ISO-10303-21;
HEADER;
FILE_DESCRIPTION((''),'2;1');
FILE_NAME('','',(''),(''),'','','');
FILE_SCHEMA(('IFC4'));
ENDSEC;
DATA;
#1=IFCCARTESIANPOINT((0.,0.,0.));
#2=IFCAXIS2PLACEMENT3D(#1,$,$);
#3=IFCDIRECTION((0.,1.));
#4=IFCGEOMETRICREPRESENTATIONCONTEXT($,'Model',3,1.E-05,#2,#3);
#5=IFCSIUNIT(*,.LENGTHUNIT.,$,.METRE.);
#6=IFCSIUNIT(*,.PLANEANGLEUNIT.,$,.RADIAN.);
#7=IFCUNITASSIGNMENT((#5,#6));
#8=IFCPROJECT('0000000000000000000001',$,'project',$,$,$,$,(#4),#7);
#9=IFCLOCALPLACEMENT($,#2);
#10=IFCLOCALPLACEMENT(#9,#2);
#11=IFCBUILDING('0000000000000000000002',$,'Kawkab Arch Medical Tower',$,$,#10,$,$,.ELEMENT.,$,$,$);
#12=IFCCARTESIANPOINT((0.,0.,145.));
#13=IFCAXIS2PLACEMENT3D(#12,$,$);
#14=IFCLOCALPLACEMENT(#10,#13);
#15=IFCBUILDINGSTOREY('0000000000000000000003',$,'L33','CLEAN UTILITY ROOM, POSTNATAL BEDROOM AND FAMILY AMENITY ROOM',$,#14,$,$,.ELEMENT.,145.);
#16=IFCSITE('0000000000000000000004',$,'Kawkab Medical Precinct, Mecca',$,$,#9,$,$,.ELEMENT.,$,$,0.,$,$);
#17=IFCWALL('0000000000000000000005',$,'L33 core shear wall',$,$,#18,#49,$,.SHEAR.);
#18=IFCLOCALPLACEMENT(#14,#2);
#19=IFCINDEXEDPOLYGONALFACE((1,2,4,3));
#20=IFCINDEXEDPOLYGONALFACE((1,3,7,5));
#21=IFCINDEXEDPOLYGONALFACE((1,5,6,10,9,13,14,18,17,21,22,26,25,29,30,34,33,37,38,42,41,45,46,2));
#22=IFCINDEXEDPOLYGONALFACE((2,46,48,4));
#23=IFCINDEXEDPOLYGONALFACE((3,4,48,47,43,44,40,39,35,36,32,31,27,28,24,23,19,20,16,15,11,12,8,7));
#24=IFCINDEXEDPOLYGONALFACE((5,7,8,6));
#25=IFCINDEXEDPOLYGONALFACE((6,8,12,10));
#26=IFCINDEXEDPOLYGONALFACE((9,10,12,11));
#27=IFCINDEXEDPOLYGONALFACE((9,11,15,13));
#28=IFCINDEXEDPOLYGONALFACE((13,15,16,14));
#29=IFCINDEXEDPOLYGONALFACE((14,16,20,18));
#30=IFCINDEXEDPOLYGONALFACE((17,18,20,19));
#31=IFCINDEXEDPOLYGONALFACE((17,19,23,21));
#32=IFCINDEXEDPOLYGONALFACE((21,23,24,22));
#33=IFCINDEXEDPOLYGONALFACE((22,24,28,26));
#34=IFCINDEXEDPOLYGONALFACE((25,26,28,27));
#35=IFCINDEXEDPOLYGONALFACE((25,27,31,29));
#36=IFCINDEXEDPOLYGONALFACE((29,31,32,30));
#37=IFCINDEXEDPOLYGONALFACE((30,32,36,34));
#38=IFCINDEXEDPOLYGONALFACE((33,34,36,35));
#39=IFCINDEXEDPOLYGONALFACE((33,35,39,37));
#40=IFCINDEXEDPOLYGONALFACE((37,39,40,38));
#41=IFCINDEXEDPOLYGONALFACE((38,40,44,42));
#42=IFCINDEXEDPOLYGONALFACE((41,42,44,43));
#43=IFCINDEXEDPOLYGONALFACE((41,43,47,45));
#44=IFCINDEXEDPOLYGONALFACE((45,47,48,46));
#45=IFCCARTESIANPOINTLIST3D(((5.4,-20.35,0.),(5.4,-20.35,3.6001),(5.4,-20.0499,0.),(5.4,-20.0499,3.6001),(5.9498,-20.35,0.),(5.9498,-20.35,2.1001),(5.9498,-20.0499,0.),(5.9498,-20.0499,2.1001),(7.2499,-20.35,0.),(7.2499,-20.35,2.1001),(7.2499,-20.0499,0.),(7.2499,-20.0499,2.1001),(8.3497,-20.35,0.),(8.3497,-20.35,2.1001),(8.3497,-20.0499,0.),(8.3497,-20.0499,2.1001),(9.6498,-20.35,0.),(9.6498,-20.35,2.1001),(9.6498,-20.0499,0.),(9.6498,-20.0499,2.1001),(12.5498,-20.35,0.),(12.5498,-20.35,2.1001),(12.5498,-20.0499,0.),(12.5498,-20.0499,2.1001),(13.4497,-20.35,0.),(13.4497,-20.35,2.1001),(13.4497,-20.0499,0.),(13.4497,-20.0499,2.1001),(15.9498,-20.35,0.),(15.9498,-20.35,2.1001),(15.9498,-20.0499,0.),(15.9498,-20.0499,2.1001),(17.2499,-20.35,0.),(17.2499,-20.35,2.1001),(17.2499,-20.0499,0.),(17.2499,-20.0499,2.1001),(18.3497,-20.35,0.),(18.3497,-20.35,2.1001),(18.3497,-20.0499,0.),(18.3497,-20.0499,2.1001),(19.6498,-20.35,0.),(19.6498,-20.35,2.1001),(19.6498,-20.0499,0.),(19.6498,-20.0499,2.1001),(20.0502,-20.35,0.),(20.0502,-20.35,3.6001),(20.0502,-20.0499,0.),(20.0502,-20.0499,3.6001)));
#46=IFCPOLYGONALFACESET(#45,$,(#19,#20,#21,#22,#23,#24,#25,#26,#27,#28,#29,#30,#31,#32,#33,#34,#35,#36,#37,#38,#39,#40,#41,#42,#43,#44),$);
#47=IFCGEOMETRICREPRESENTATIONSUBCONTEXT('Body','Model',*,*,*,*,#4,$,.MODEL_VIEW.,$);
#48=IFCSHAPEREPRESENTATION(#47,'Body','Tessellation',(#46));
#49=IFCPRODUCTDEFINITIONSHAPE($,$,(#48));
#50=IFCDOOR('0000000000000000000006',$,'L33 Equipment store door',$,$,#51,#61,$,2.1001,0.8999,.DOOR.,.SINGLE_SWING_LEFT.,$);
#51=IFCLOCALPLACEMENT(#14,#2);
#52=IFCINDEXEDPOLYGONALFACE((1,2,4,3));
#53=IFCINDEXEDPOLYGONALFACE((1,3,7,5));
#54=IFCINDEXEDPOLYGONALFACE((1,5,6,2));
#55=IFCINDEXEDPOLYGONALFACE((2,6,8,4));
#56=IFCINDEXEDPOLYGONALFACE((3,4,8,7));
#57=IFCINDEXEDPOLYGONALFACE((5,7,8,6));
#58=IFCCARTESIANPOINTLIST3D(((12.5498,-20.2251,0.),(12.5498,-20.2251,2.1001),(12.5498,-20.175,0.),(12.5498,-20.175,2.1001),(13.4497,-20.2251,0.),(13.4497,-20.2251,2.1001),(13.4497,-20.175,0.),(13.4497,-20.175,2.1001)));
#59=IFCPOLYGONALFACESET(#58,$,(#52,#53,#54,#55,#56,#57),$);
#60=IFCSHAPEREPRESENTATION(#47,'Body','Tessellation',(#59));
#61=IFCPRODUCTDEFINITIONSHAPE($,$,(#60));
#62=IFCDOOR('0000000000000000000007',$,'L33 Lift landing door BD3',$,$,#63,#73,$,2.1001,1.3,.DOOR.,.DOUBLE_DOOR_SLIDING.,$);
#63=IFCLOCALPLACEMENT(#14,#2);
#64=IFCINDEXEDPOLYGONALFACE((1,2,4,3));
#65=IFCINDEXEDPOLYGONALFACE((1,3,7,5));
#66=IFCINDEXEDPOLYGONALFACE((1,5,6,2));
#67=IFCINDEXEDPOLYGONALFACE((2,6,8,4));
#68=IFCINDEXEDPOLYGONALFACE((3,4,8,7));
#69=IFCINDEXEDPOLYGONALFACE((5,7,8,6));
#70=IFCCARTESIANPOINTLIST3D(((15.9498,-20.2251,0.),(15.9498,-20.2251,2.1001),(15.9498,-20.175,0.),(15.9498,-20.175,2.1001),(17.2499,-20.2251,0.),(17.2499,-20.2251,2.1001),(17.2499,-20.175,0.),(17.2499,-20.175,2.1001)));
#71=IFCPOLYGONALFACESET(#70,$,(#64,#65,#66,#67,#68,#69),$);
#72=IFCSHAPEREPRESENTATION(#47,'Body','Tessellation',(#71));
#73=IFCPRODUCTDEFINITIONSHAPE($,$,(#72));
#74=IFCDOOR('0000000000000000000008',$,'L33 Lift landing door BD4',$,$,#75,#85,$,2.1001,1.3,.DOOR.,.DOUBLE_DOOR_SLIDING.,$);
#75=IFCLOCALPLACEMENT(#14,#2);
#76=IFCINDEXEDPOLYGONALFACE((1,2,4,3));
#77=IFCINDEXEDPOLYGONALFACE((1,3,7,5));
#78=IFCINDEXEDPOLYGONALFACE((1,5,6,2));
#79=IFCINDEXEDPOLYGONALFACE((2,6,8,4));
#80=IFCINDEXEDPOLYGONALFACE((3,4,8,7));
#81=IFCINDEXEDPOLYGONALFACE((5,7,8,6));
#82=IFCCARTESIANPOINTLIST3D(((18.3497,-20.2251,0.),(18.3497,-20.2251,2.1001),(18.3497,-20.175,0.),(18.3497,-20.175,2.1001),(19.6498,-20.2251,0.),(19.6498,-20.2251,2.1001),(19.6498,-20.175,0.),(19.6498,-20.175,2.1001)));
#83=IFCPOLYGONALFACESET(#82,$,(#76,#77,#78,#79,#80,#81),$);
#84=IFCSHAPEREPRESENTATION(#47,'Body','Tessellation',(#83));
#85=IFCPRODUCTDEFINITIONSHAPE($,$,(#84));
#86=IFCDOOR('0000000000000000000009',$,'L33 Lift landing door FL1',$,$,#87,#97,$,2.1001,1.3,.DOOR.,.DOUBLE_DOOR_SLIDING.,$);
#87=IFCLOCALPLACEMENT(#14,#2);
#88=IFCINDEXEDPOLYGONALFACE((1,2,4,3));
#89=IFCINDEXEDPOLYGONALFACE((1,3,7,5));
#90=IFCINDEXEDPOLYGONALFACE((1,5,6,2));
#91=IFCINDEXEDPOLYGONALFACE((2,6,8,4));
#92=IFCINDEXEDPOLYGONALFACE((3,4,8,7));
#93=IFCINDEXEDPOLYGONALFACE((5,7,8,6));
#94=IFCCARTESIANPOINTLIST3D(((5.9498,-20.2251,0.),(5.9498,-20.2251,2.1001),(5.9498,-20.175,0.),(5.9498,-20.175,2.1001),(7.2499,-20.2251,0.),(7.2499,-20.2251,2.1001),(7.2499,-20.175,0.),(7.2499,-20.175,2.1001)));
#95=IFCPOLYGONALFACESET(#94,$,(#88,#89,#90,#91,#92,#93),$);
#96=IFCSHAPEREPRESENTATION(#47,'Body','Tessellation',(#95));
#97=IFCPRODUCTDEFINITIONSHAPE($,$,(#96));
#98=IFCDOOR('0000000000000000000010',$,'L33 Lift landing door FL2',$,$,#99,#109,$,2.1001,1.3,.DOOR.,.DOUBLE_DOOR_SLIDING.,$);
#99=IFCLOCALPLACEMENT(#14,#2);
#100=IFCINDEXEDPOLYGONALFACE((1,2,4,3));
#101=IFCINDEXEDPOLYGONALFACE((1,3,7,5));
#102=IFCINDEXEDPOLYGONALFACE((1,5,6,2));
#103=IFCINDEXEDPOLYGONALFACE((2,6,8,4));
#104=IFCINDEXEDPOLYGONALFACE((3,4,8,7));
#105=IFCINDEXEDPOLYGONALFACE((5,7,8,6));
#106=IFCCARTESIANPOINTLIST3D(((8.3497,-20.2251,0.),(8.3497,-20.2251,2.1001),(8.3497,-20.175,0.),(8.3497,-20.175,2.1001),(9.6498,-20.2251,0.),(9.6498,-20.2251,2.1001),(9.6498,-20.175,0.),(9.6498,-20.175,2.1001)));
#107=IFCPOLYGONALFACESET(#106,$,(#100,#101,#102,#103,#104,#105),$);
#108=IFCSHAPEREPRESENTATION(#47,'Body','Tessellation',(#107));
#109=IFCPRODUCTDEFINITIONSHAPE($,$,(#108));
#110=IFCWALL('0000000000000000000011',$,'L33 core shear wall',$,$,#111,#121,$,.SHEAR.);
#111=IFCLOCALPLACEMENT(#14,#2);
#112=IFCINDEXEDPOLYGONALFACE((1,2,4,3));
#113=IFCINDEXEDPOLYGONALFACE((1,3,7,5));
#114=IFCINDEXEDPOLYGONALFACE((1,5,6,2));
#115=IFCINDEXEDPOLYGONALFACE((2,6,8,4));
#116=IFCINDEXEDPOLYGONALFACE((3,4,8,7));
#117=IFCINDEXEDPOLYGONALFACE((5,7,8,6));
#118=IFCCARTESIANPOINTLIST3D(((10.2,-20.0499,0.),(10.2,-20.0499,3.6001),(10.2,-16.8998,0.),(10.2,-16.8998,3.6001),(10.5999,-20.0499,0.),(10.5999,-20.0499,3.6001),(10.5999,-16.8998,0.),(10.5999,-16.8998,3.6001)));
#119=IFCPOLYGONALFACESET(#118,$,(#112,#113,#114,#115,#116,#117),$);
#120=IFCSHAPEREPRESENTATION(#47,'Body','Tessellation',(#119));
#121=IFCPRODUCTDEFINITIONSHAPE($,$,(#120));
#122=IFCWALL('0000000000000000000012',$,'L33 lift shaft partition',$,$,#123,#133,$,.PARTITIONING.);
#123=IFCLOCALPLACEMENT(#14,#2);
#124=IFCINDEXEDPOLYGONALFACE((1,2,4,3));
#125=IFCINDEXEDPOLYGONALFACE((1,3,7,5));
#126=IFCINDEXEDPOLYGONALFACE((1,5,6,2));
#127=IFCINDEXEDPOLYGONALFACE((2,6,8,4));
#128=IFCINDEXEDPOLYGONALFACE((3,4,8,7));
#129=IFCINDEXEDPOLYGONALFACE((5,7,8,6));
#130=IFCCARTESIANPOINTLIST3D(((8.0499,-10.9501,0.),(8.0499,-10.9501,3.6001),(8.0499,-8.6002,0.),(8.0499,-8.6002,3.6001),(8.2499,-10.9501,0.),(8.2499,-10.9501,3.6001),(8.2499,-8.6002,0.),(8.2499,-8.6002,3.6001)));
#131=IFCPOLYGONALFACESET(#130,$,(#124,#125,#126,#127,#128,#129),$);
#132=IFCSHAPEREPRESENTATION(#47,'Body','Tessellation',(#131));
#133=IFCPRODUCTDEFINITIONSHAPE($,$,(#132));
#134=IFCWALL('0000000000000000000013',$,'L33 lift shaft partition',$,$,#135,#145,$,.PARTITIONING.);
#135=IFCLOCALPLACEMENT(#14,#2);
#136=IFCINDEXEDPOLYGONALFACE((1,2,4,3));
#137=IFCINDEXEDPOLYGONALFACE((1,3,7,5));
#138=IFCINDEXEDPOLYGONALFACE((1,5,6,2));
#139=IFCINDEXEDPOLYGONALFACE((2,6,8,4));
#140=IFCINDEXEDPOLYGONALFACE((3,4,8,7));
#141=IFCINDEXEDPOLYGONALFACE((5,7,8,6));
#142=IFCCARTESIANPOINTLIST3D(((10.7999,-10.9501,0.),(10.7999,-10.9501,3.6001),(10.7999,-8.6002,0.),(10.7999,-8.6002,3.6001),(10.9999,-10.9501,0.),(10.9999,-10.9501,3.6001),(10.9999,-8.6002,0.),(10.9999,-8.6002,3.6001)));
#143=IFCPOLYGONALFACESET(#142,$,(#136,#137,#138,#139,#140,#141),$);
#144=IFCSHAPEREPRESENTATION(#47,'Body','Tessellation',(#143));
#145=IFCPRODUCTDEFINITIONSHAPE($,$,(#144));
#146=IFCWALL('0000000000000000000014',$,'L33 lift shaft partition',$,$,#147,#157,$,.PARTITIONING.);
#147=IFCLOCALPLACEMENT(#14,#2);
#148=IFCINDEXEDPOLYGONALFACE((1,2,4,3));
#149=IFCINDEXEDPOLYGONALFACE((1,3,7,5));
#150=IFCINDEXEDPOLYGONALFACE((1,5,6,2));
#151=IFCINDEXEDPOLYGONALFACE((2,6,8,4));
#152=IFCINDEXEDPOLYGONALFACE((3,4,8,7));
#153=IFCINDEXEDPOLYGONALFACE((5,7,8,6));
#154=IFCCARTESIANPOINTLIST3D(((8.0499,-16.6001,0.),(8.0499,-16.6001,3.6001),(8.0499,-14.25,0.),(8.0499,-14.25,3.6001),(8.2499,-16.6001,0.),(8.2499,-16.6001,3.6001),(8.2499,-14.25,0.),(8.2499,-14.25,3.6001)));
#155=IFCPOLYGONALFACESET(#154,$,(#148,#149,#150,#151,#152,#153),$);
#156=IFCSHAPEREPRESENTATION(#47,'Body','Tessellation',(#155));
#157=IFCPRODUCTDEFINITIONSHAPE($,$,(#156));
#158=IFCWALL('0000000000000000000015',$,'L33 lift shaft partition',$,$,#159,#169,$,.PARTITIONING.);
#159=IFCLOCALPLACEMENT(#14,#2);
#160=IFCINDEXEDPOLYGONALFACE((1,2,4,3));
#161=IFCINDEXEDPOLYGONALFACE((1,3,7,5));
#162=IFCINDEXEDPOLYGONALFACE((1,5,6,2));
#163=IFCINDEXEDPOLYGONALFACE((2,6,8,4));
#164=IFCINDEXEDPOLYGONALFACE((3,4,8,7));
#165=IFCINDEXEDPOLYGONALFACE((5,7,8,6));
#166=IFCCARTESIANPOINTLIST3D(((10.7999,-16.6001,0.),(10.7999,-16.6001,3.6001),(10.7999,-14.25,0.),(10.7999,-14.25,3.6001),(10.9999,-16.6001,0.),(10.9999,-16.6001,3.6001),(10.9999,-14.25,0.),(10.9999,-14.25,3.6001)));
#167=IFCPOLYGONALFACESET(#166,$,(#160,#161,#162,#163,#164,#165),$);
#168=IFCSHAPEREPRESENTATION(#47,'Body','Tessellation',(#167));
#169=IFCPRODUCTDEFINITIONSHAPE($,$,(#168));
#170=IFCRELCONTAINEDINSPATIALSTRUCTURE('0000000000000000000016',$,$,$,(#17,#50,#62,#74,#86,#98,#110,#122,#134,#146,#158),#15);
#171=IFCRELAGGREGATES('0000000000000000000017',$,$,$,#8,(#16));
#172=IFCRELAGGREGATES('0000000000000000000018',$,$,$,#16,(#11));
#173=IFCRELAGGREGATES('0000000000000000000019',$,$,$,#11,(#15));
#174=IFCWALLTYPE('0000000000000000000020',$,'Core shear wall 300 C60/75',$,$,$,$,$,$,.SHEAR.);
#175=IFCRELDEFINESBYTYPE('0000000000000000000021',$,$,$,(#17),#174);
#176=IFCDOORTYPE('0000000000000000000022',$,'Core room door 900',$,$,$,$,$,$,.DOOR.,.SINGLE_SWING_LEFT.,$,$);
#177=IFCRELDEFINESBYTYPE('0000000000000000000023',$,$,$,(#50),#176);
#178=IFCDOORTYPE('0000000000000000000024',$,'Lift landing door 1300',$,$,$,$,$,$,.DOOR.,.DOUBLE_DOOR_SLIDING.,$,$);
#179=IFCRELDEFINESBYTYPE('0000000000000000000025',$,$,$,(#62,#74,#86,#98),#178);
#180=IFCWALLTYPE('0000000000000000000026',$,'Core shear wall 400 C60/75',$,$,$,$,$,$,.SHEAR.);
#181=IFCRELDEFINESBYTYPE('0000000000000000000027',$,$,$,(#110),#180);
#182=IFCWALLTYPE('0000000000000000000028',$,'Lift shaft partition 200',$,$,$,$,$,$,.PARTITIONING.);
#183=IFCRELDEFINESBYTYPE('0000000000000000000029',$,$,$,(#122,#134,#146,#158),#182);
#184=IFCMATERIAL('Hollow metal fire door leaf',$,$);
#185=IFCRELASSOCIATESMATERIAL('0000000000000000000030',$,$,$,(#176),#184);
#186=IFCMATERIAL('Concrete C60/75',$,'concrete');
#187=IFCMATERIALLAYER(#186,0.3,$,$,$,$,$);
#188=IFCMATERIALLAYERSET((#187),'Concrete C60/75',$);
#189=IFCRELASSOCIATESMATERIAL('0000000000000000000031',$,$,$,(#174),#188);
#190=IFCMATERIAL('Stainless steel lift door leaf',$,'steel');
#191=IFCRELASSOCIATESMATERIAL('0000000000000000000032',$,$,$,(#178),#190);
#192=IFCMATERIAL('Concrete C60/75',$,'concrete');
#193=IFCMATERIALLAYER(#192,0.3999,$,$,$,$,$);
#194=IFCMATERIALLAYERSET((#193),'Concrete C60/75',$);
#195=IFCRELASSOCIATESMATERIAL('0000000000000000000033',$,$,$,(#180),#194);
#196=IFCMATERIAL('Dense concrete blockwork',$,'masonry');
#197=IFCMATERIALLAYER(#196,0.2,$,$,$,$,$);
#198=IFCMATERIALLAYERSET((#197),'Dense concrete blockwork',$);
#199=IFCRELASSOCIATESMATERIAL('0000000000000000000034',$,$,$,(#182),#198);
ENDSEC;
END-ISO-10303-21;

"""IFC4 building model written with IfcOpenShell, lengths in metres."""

from ifc_helpers import new_model, si_unit, direction, frame, frame_2d, origin, place, context, subcontext, project, spatial, rectangle, extrude, material, layer, layer_set, type_object, element, fill, save


model = new_model("IFC4")

# Units and contexts
model_context = context("Model", 3, precision=1e-05, world=origin(), true_north=direction((0.0, 1.0)))
body_context = subcontext(model_context, "Body", "Model", "MODEL_VIEW")
ifc_project = project(units=[si_unit("LENGTHUNIT", "METRE"), si_unit("PLANEANGLEUNIT", "RADIAN")], contexts=[model_context])

# Site, building, storey
site_placement = place(None, origin())
site = spatial("IfcSite", under=ifc_project, at=site_placement, Name="Kawkab Medical Precinct, Mecca", CompositionType="ELEMENT", RefElevation=0.0)
building_placement = place(site_placement, origin())
building = spatial("IfcBuilding", under=site, at=building_placement, Name="Kawkab Arch Medical Tower", CompositionType="ELEMENT")
storey_placement = place(building_placement, frame((0.0, 0.0, 145.0)))
storey = spatial("IfcBuildingStorey", under=building, at=storey_placement, Name="L33", Description="CLEAN UTILITY ROOM, POSTNATAL BEDROOM AND FAMILY AMENITY ROOM", CompositionType="ELEMENT", Elevation=145.0)

# Shared definitions
ifc_material_1 = material(Name="Hollow metal fire door leaf")
door_type_1 = type_object("IfcDoorType", Name="Core room door 900", OperationType="SINGLE_SWING_LEFT", PredefinedType="DOOR", material=ifc_material_1)

# Shared definitions
ifc_material_2 = material(Name="Concrete C60/75", Category="concrete")
ifc_layer_1 = layer(ifc_material_2, 0.3)
ifc_layer_set_1 = layer_set([ifc_layer_1], Name="Concrete C60/75")
wall_type_1 = type_object("IfcWallType", Name="Core shear wall 300 C60/75", PredefinedType="SHEAR", material=ifc_layer_set_1)

# Wall, openings, doors
wall_1_placement = place(storey_placement, frame((5.3999, -20.2, 0.0), z_axis=(0.0, 0.0, 1.0), x_axis=(1.0, 0.0, 0.0)))
wall_1 = element("IfcWall", 1, at=wall_1_placement, inside=storey, type_object=wall_type_1, Name="L33 core shear wall", PredefinedType="SHEAR", context=body_context, shape_type="SweptSolid", body=[
    extrude(rectangle(XDim=14.6501, YDim=0.3, at=frame_2d((7.3252, 0.0))), origin(), (0.0, 0.0, 1.0), 3.6001),
])
opening_1_placement = place(wall_1_placement, frame((10.55, 0.0, 0.0)))
opening_1 = element("IfcOpeningElement", 2, at=opening_1_placement, cuts=wall_1, PredefinedType="OPENING", context=body_context, shape_type="SweptSolid", body=[
    extrude(rectangle(XDim=1.3, YDim=2.1001, at=frame_2d((0.6499, 1.05))), frame((0.0, 0.1599, 0.0), z_axis=(0.0, -1.0, 0.0), x_axis=(1.0, 0.0, 0.0)), (0.0, 0.0, 1.0), 0.3201),
])
opening_2_placement = place(wall_1_placement, frame((12.95, 0.0, 0.0)))
opening_2 = element("IfcOpeningElement", 3, at=opening_2_placement, cuts=wall_1, PredefinedType="OPENING", context=body_context, shape_type="SweptSolid", body=[
    extrude(rectangle(XDim=1.3, YDim=2.1001, at=frame_2d((0.6499, 1.05))), frame((0.0, 0.1599, 0.0), z_axis=(0.0, -1.0, 0.0), x_axis=(1.0, 0.0, 0.0)), (0.0, 0.0, 1.0), 0.3201),
])
opening_3_placement = place(wall_1_placement, frame((0.55, 0.0, 0.0)))
opening_3 = element("IfcOpeningElement", 4, at=opening_3_placement, cuts=wall_1, PredefinedType="OPENING", context=body_context, shape_type="SweptSolid", body=[
    extrude(rectangle(XDim=1.3, YDim=2.1001, at=frame_2d((0.6499, 1.05))), frame((0.0, 0.1599, 0.0), z_axis=(0.0, -1.0, 0.0), x_axis=(1.0, 0.0, 0.0)), (0.0, 0.0, 1.0), 0.3201),
])
opening_4_placement = place(wall_1_placement, frame((2.95, 0.0, 0.0)))
opening_4 = element("IfcOpeningElement", 5, at=opening_4_placement, cuts=wall_1, PredefinedType="OPENING", context=body_context, shape_type="SweptSolid", body=[
    extrude(rectangle(XDim=1.3, YDim=2.1001, at=frame_2d((0.6499, 1.05))), frame((0.0, 0.1599, 0.0), z_axis=(0.0, -1.0, 0.0), x_axis=(1.0, 0.0, 0.0)), (0.0, 0.0, 1.0), 0.3201),
])
opening_5_placement = place(wall_1_placement, frame((7.1499, 0.0, 0.0)))
opening_5 = element("IfcOpeningElement", 6, at=opening_5_placement, cuts=wall_1, PredefinedType="OPENING", context=body_context, shape_type="SweptSolid", body=[
    extrude(rectangle(XDim=0.8999, YDim=2.1001, at=frame_2d((0.45, 1.05))), frame((0.0, 0.1599, 0.0), z_axis=(0.0, -1.0, 0.0), x_axis=(1.0, 0.0, 0.0)), (0.0, 0.0, 1.0), 0.3201),
])
door_1_placement = place(opening_5_placement, origin())
door_1 = element("IfcDoor", 7, at=door_1_placement, inside=storey, type_object=door_type_1, Name="L33 Equipment store door", OperationType="SINGLE_SWING_LEFT", OverallHeight=2.1001, OverallWidth=0.8999, PredefinedType="DOOR", context=body_context, shape_type="SweptSolid", body=[
    extrude(rectangle(XDim=0.8999, YDim=2.1001, at=frame_2d((0.45, 1.05))), frame((0.0, 0.0249, 0.0), z_axis=(0.0, -1.0, 0.0), x_axis=(1.0, 0.0, 0.0)), (0.0, 0.0, 1.0), 0.05),
])
fill(opening_5, door_1)
ifc_material_3 = material(Name="Stainless steel lift door leaf", Category="steel")
door_type_2 = type_object("IfcDoorType", Name="Lift landing door 1300", OperationType="DOUBLE_DOOR_SLIDING", PredefinedType="DOOR", material=ifc_material_3)
door_2_placement = place(opening_1_placement, origin())
door_2 = element("IfcDoor", 8, at=door_2_placement, inside=storey, type_object=door_type_2, Name="L33 Lift landing door BD3", OperationType="DOUBLE_DOOR_SLIDING", OverallHeight=2.1001, OverallWidth=1.3, PredefinedType="DOOR", context=body_context, shape_type="SweptSolid", body=[
    extrude(rectangle(XDim=1.3, YDim=2.1001, at=frame_2d((0.6499, 1.05))), frame((0.0, 0.0249, 0.0), z_axis=(0.0, -1.0, 0.0), x_axis=(1.0, 0.0, 0.0)), (0.0, 0.0, 1.0), 0.05),
])
fill(opening_1, door_2)
door_3_placement = place(opening_2_placement, origin())
door_3 = element("IfcDoor", 9, at=door_3_placement, inside=storey, type_object=door_type_2, Name="L33 Lift landing door BD4", OperationType="DOUBLE_DOOR_SLIDING", OverallHeight=2.1001, OverallWidth=1.3, PredefinedType="DOOR", context=body_context, shape_type="SweptSolid", body=[
    extrude(rectangle(XDim=1.3, YDim=2.1001, at=frame_2d((0.6499, 1.05))), frame((0.0, 0.0249, 0.0), z_axis=(0.0, -1.0, 0.0), x_axis=(1.0, 0.0, 0.0)), (0.0, 0.0, 1.0), 0.05),
])
fill(opening_2, door_3)
door_4_placement = place(opening_3_placement, origin())
door_4 = element("IfcDoor", 10, at=door_4_placement, inside=storey, type_object=door_type_2, Name="L33 Lift landing door FL1", OperationType="DOUBLE_DOOR_SLIDING", OverallHeight=2.1001, OverallWidth=1.3, PredefinedType="DOOR", context=body_context, shape_type="SweptSolid", body=[
    extrude(rectangle(XDim=1.3, YDim=2.1001, at=frame_2d((0.6499, 1.05))), frame((0.0, 0.0249, 0.0), z_axis=(0.0, -1.0, 0.0), x_axis=(1.0, 0.0, 0.0)), (0.0, 0.0, 1.0), 0.05),
])
fill(opening_3, door_4)
door_5_placement = place(opening_4_placement, origin())
door_5 = element("IfcDoor", 11, at=door_5_placement, inside=storey, type_object=door_type_2, Name="L33 Lift landing door FL2", OperationType="DOUBLE_DOOR_SLIDING", OverallHeight=2.1001, OverallWidth=1.3, PredefinedType="DOOR", context=body_context, shape_type="SweptSolid", body=[
    extrude(rectangle(XDim=1.3, YDim=2.1001, at=frame_2d((0.6499, 1.05))), frame((0.0, 0.0249, 0.0), z_axis=(0.0, -1.0, 0.0), x_axis=(1.0, 0.0, 0.0)), (0.0, 0.0, 1.0), 0.05),
])
fill(opening_4, door_5)

# Walls
ifc_material_4 = material(Name="Concrete C60/75", Category="concrete")
ifc_layer_2 = layer(ifc_material_4, 0.3999)
ifc_layer_set_2 = layer_set([ifc_layer_2], Name="Concrete C60/75")
wall_type_2 = type_object("IfcWallType", Name="Core shear wall 400 C60/75", PredefinedType="SHEAR", material=ifc_layer_set_2)
wall_2_placement = place(storey_placement, frame((10.3999, -20.05, 0.0), z_axis=(0.0, 0.0, 1.0), x_axis=(0.0, 1.0, 0.0)))
element("IfcWall", 12, at=wall_2_placement, inside=storey, type_object=wall_type_2, Name="L33 core shear wall", PredefinedType="SHEAR", context=body_context, shape_type="SweptSolid", body=[
    extrude(rectangle(XDim=3.1501, YDim=0.3999, at=frame_2d((1.5752, 0.0))), origin(), (0.0, 0.0, 1.0), 3.6001),
])
ifc_material_5 = material(Name="Dense concrete blockwork", Category="masonry")
ifc_layer_3 = layer(ifc_material_5, 0.2)
ifc_layer_set_3 = layer_set([ifc_layer_3], Name="Dense concrete blockwork")
wall_type_3 = type_object("IfcWallType", Name="Lift shaft partition 200", PredefinedType="PARTITIONING", material=ifc_layer_set_3)
for number, where, z_axis, x_axis, name in (
    (13, (8.1499, -10.95, 0.0), (0.0, 0.0, 1.0), (0.0, 1.0, 0.0), "L33 lift shaft partition"),
    (14, (10.8999, -10.95, 0.0), (0.0, 0.0, 1.0), (0.0, 1.0, 0.0), "L33 lift shaft partition"),
):
    element("IfcWall", number, at=place(storey_placement, frame(where, z_axis=z_axis, x_axis=x_axis)), inside=storey, type_object=wall_type_3, Name=name, PredefinedType="PARTITIONING", context=body_context, shape_type="SweptSolid", body=[
        extrude(rectangle(XDim=2.3499, YDim=0.2, at=frame_2d((1.1748, 0.0))), origin(), (0.0, 0.0, 1.0), 3.6001),
    ])
for number, where, z_axis, x_axis, name in (
    (15, (8.1499, -16.6001, 0.0), (0.0, 0.0, 1.0), (0.0, 1.0, 0.0), "L33 lift shaft partition"),
    (16, (10.8999, -16.6001, 0.0), (0.0, 0.0, 1.0), (0.0, 1.0, 0.0), "L33 lift shaft partition"),
):
    element("IfcWall", number, at=place(storey_placement, frame(where, z_axis=z_axis, x_axis=x_axis)), inside=storey, type_object=wall_type_3, Name=name, PredefinedType="PARTITIONING", context=body_context, shape_type="SweptSolid", body=[
        extrude(rectangle(XDim=2.3501, YDim=0.2, at=frame_2d((1.175, 0.0))), origin(), (0.0, 0.0, 1.0), 3.6001),
    ])

save(model, "model.ifc")
